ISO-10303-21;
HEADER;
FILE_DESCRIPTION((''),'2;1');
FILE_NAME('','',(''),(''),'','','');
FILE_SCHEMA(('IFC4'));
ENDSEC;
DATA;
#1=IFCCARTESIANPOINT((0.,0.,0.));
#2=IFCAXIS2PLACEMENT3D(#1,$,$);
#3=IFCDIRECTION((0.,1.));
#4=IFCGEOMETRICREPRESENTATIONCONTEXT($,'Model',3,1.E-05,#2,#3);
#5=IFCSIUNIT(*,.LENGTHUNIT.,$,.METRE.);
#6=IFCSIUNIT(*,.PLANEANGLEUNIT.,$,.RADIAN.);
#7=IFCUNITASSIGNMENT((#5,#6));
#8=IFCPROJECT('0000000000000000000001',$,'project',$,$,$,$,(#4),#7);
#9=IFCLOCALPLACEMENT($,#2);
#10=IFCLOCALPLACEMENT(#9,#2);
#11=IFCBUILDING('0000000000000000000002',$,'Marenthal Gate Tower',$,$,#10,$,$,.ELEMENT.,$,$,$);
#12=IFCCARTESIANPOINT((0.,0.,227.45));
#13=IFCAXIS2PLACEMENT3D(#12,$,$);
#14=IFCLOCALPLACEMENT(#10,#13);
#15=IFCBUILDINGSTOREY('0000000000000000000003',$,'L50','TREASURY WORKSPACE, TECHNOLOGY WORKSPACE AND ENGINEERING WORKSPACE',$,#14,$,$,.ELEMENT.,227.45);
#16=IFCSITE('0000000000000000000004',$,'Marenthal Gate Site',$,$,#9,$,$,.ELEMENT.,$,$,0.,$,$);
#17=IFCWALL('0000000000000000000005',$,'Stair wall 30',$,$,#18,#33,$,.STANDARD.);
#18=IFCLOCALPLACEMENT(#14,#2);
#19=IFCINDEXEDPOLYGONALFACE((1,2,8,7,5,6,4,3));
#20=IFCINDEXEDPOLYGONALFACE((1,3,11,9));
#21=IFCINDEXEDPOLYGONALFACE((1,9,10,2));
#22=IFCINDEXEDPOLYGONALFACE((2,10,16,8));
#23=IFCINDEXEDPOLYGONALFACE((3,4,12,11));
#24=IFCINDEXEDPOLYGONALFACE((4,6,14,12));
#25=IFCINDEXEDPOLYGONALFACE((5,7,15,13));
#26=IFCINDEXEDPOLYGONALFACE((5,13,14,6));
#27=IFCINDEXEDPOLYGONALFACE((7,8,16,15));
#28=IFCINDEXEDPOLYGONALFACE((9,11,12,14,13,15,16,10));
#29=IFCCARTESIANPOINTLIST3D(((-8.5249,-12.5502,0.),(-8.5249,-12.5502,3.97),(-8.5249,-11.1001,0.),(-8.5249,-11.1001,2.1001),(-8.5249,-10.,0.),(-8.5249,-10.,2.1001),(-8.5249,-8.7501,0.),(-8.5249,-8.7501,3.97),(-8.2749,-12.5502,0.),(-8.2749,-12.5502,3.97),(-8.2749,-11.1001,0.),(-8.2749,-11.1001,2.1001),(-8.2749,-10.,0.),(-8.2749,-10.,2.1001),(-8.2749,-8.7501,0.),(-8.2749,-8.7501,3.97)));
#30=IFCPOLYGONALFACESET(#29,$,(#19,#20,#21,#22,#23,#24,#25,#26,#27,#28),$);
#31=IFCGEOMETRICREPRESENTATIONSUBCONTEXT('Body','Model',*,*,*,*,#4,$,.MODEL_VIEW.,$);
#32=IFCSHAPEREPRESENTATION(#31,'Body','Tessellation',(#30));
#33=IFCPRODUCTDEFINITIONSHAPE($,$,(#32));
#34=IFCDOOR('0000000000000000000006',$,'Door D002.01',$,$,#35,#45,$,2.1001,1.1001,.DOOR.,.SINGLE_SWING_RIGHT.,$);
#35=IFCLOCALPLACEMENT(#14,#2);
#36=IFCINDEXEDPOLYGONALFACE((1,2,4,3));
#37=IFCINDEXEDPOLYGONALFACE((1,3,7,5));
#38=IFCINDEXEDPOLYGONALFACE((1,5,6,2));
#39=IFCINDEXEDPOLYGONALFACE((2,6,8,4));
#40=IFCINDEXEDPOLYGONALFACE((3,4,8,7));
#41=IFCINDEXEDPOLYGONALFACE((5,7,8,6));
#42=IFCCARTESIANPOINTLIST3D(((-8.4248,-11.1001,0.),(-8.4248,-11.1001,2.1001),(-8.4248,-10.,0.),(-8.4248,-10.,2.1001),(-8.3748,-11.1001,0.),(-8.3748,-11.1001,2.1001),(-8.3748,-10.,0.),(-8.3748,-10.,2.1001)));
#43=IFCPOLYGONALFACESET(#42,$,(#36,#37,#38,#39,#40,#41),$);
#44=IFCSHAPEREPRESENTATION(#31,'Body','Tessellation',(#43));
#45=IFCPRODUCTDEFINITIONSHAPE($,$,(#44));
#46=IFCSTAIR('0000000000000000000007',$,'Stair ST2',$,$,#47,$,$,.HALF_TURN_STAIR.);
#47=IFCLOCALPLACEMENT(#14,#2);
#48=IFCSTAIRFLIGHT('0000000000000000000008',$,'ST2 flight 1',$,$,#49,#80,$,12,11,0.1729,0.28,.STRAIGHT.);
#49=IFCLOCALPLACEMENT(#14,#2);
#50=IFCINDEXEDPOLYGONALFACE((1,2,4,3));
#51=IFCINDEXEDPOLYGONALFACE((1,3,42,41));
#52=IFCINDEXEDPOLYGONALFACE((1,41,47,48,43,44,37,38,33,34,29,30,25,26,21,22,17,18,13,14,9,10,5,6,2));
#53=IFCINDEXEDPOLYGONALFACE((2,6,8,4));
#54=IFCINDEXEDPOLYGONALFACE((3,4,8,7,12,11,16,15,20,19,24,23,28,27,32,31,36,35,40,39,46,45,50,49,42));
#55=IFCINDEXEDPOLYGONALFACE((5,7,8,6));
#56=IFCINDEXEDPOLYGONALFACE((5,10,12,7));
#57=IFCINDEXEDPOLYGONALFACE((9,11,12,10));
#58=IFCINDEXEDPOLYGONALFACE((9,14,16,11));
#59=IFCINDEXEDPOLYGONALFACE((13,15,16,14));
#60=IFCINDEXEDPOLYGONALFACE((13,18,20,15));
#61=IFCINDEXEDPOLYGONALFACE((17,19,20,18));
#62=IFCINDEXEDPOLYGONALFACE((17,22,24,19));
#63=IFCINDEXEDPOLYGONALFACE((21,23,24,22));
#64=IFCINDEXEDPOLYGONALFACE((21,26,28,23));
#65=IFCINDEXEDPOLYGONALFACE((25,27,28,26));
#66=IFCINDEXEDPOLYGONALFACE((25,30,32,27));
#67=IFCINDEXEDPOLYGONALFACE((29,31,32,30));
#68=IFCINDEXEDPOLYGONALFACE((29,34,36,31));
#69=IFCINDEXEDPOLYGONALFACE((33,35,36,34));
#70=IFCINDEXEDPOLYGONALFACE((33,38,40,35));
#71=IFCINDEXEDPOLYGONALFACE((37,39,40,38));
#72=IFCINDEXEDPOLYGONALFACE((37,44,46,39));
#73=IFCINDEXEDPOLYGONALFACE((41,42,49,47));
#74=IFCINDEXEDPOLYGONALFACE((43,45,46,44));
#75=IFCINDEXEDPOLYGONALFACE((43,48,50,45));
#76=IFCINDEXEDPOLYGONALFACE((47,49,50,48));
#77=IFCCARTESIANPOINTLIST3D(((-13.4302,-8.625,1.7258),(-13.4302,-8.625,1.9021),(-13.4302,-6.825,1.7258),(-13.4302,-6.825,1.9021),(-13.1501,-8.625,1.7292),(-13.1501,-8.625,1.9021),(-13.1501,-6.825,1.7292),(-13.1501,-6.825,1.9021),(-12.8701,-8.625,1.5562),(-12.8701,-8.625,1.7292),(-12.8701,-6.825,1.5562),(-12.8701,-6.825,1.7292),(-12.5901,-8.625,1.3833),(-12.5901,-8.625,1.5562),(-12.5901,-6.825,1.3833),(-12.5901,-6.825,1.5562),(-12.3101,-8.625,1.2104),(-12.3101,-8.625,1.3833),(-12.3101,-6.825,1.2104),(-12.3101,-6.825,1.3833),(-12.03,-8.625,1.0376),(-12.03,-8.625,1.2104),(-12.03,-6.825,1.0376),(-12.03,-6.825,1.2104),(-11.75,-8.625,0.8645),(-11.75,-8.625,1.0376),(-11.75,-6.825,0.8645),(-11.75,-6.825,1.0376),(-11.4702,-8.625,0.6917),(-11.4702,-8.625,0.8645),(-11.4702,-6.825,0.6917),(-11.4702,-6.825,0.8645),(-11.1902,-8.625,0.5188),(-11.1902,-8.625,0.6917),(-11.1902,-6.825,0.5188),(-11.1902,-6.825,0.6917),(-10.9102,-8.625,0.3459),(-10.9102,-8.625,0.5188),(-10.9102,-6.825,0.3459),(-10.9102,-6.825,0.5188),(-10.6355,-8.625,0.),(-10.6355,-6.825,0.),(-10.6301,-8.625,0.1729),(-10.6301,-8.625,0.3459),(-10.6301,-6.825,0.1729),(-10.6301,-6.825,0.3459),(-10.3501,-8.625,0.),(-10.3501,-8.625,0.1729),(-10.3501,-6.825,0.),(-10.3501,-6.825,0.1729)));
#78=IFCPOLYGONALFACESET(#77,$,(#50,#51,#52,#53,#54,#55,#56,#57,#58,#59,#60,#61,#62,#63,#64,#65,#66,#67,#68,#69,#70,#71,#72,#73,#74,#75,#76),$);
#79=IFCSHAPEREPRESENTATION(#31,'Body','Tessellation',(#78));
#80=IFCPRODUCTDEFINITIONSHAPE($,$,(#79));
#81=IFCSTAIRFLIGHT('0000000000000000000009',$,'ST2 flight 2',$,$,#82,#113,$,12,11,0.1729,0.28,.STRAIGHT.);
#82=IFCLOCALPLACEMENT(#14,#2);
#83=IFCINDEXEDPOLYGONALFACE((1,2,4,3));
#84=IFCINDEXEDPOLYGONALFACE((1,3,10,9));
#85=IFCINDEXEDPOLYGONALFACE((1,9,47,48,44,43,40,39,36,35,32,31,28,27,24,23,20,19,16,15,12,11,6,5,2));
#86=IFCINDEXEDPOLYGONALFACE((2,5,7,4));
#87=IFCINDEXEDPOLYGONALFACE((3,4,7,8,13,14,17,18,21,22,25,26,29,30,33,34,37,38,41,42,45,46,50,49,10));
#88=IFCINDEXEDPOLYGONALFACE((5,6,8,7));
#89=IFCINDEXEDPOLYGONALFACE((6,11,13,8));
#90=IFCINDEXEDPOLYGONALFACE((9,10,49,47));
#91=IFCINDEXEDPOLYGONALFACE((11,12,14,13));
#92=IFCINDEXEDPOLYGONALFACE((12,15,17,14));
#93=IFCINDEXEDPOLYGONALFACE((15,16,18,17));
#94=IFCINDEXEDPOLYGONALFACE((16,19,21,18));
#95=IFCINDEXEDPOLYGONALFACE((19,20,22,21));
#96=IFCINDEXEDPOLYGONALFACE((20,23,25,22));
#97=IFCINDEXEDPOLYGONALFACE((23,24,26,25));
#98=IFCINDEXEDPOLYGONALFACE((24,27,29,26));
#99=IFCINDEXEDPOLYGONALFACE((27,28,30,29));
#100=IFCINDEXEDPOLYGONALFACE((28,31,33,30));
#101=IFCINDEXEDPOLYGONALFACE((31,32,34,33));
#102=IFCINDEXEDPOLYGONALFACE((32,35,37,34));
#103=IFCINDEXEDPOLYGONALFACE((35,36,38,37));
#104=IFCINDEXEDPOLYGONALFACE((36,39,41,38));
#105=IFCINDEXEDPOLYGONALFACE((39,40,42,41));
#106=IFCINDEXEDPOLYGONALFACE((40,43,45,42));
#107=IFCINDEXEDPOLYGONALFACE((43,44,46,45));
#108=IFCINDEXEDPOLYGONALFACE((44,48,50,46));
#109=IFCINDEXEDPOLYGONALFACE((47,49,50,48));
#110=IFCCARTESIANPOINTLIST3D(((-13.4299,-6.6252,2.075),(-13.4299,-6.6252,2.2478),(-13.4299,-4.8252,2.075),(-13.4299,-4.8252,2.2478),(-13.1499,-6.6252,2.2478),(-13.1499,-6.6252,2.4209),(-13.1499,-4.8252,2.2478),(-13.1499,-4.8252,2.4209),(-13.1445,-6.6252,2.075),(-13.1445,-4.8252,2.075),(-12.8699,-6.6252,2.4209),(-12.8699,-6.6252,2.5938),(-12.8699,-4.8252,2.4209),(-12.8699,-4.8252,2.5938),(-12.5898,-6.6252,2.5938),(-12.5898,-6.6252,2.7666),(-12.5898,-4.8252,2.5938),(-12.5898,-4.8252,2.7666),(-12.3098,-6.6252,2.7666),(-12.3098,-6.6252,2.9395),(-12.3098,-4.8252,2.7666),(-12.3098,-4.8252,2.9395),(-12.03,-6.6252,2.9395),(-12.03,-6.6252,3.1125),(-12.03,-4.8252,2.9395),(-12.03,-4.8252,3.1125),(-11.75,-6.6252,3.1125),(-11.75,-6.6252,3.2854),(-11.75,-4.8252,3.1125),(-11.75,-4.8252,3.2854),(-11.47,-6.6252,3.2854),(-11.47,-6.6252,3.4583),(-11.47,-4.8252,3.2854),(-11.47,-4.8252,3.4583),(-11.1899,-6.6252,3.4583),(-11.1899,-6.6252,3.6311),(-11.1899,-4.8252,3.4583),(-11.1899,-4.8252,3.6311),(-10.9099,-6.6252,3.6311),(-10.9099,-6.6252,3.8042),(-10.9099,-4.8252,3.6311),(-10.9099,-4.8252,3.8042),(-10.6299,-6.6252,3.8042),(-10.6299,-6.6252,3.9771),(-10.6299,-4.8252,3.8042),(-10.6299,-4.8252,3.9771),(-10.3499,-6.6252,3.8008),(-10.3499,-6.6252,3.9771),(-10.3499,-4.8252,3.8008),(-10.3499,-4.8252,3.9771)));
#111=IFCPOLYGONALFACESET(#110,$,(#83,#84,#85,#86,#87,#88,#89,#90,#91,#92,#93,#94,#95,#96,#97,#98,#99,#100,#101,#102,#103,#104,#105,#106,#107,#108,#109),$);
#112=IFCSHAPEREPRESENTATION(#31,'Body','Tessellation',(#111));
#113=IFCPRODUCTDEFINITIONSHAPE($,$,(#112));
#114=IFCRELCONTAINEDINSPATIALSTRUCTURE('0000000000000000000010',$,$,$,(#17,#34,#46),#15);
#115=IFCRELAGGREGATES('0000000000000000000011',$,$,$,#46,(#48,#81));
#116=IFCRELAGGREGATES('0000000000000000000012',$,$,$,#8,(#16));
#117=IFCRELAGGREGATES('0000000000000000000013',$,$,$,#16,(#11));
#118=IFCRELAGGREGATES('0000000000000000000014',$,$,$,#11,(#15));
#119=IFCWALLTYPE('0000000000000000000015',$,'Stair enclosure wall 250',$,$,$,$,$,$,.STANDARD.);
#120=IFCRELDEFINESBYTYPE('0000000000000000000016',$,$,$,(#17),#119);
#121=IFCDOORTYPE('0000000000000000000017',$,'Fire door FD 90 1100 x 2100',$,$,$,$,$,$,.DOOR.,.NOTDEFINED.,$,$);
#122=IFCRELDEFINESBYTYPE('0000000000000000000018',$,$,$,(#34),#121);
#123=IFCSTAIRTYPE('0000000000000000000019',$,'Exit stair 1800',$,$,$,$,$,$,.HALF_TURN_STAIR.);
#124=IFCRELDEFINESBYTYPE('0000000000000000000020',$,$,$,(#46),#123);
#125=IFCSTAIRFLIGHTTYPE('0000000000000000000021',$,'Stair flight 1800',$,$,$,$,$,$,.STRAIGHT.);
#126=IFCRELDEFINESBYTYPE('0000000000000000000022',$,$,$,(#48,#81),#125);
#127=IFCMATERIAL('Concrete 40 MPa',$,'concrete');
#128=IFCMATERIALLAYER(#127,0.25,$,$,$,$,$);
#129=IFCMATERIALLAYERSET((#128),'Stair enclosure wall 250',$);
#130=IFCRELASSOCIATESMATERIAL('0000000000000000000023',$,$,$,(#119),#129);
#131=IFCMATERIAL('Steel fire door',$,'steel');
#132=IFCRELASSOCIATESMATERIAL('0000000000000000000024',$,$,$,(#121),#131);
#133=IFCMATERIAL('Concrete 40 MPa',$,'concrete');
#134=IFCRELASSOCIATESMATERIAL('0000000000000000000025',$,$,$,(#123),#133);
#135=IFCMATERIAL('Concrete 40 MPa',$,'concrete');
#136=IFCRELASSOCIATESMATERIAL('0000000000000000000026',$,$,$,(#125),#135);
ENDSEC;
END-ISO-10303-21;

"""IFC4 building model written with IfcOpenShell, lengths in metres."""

from ifc_helpers import new_model, si_unit, direction, frame, frame_2d, origin, place, context, subcontext, project, spatial, polyline, rectangle, outline, extrude, material, layer, layer_set, type_object, element, fill, aggregate, save


model = new_model("IFC4")

# Units and contexts
model_context = context("Model", 3, precision=1e-05, world=origin(), true_north=direction((0.0, 1.0)))
body_context = subcontext(model_context, "Body", "Model", "MODEL_VIEW")
ifc_project = project(units=[si_unit("LENGTHUNIT", "METRE"), si_unit("PLANEANGLEUNIT", "RADIAN")], contexts=[model_context])

# Site, building, storey
site_placement = place(None, origin())
site = spatial("IfcSite", under=ifc_project, at=site_placement, Name="Marenthal Gate Site", CompositionType="ELEMENT", RefElevation=0.0)
building_placement = place(site_placement, origin())
building = spatial("IfcBuilding", under=site, at=building_placement, Name="Marenthal Gate Tower", CompositionType="ELEMENT")
storey_placement = place(building_placement, frame((0.0, 0.0, 227.45)))
storey = spatial("IfcBuildingStorey", under=building, at=storey_placement, Name="L50", Description="TREASURY WORKSPACE, TECHNOLOGY WORKSPACE AND ENGINEERING WORKSPACE", CompositionType="ELEMENT", Elevation=227.45)

# Shared definitions
ifc_material_1 = material(Name="Concrete 40 MPa", Category="concrete")
ifc_layer_1 = layer(ifc_material_1, 0.25)
ifc_layer_set_1 = layer_set([ifc_layer_1], Name="Stair enclosure wall 250")
wall_type_1 = type_object("IfcWallType", Name="Stair enclosure wall 250", PredefinedType="STANDARD", material=ifc_layer_set_1)

# Wall, opening, door
wall_1_placement = place(storey_placement, frame((-8.3999, -12.55, 0.0), z_axis=(0.0, 0.0, 1.0), x_axis=(0.0, 1.0, 0.0)))
wall_1 = element("IfcWall", 1, at=wall_1_placement, inside=storey, type_object=wall_type_1, Name="Stair wall 30", PredefinedType="STANDARD", context=body_context, shape_type="SweptSolid", body=[
    extrude(rectangle(XDim=3.8, YDim=0.25, at=frame_2d((1.8999, 0.0))), origin(), (0.0, 0.0, 1.0), 3.97),
])
opening_1_placement = place(wall_1_placement, frame((1.45, 0.0, 0.0)))
opening_1 = element("IfcOpeningElement", 2, at=opening_1_placement, cuts=wall_1, PredefinedType="OPENING", context=body_context, shape_type="SweptSolid", body=[
    extrude(rectangle(XDim=1.1001, YDim=2.1001, at=frame_2d((0.55, 1.05))), frame((0.0, 0.135, 0.0), z_axis=(0.0, -1.0, 0.0), x_axis=(1.0, 0.0, 0.0)), (0.0, 0.0, 1.0), 0.27),
])
ifc_material_2 = material(Name="Steel fire door", Category="steel")
door_type_1 = type_object("IfcDoorType", Name="Fire door FD 90 1100 x 2100", OperationType="NOTDEFINED", PredefinedType="DOOR", material=ifc_material_2)
door_1_placement = place(opening_1_placement, origin())
door_1 = element("IfcDoor", 3, at=door_1_placement, inside=storey, type_object=door_type_1, Name="Door D002.01", OperationType="SINGLE_SWING_RIGHT", OverallHeight=2.1001, OverallWidth=1.1001, PredefinedType="DOOR", context=body_context, shape_type="SweptSolid", body=[
    extrude(rectangle(XDim=1.1001, YDim=2.1001, at=frame_2d((0.55, 1.05))), frame((0.0, 0.0249, 0.0), z_axis=(0.0, -1.0, 0.0), x_axis=(1.0, 0.0, 0.0)), (0.0, 0.0, 1.0), 0.05),
])
fill(opening_1, door_1)

# Stair, stair flights
ifc_material_3 = material(Name="Concrete 40 MPa", Category="concrete")
stair_type = type_object("IfcStairType", Name="Exit stair 1800", PredefinedType="HALF_TURN_STAIR", material=ifc_material_3)
stair_placement = place(storey_placement, origin())
stair = element("IfcStair", 4, at=stair_placement, inside=storey, type_object=stair_type, Name="Stair ST2", PredefinedType="HALF_TURN_STAIR")
ifc_material_4 = material(Name="Concrete 40 MPa", Category="concrete")
stair_flight_type = type_object("IfcStairFlightType", Name="Stair flight 1800", PredefinedType="STRAIGHT", material=ifc_material_4)
stair_flight_1_placement = place(storey_placement, frame((-10.3501, -7.7251, 0.0), z_axis=(0.0, 0.0, 1.0), x_axis=(-1.0, 0.0, 0.0)))
stair_flight_1 = element("IfcStairFlight", 5, at=stair_flight_1_placement, type_object=stair_flight_type, Name="ST2 flight 1", NumberOfRisers=12, NumberOfTreads=11, PredefinedType="STRAIGHT", RiserHeight=0.1729, TreadLength=0.28, context=body_context, shape_type="SweptSolid", body=[
    extrude(outline(polyline([(0.0, 0.0), (0.0, 0.1729), (0.28, 0.1729), (0.28, 0.3459), (0.5601, 0.3459), (0.5601, 0.5188), (0.8401, 0.5188), (0.8401, 0.6917), (1.1201, 0.6917), (1.1201, 0.8645), (1.3999, 0.8645), (1.3999, 1.0376), (1.6799, 1.0376), (1.6799, 1.2104), (1.96, 1.2104), (1.96, 1.3833), (2.24, 1.3833), (2.24, 1.5562), (2.52, 1.5562), (2.52, 1.7292), (2.8, 1.7292), (2.8, 1.9021), (3.0801, 1.9021), (3.0801, 2.075), (3.0801, 1.7258), (0.2854, 0.0), (0.0, 0.0)])), frame((0.0, 0.8999, 0.0), z_axis=(0.0, -1.0, 0.0), x_axis=(1.0, 0.0, 0.0)), (0.0, 0.0, 1.0), 1.8),
])
stair_flight_2_placement = place(storey_placement, frame((-13.4299, -5.7251, 2.075), z_axis=(0.0, 0.0, 1.0), x_axis=(1.0, 0.0, 0.0)))
stair_flight_2 = element("IfcStairFlight", 6, at=stair_flight_2_placement, type_object=stair_flight_type, Name="ST2 flight 2", NumberOfRisers=12, NumberOfTreads=11, PredefinedType="STRAIGHT", RiserHeight=0.1729, TreadLength=0.28, context=body_context, shape_type="SweptSolid", body=[
    extrude(outline(polyline([(0.0, 0.0), (0.0, 0.1729), (0.28, 0.1729), (0.28, 0.3459), (0.5601, 0.3459), (0.5601, 0.5188), (0.8401, 0.5188), (0.8401, 0.6917), (1.1201, 0.6917), (1.1201, 0.8645), (1.3999, 0.8645), (1.3999, 1.0376), (1.6799, 1.0376), (1.6799, 1.2104), (1.96, 1.2104), (1.96, 1.3833), (2.24, 1.3833), (2.24, 1.5562), (2.52, 1.5562), (2.52, 1.7292), (2.8, 1.7292), (2.8, 1.9021), (3.0801, 1.9021), (3.0801, 2.075), (3.0801, 1.7258), (0.2854, 0.0), (0.0, 0.0)])), frame((0.0, 0.8999, 0.0), z_axis=(0.0, -1.0, 0.0), x_axis=(1.0, 0.0, 0.0)), (0.0, 0.0, 1.0), 1.8),
])
aggregate(stair, [stair_flight_1, stair_flight_2])

save(model, "model.ifc")
